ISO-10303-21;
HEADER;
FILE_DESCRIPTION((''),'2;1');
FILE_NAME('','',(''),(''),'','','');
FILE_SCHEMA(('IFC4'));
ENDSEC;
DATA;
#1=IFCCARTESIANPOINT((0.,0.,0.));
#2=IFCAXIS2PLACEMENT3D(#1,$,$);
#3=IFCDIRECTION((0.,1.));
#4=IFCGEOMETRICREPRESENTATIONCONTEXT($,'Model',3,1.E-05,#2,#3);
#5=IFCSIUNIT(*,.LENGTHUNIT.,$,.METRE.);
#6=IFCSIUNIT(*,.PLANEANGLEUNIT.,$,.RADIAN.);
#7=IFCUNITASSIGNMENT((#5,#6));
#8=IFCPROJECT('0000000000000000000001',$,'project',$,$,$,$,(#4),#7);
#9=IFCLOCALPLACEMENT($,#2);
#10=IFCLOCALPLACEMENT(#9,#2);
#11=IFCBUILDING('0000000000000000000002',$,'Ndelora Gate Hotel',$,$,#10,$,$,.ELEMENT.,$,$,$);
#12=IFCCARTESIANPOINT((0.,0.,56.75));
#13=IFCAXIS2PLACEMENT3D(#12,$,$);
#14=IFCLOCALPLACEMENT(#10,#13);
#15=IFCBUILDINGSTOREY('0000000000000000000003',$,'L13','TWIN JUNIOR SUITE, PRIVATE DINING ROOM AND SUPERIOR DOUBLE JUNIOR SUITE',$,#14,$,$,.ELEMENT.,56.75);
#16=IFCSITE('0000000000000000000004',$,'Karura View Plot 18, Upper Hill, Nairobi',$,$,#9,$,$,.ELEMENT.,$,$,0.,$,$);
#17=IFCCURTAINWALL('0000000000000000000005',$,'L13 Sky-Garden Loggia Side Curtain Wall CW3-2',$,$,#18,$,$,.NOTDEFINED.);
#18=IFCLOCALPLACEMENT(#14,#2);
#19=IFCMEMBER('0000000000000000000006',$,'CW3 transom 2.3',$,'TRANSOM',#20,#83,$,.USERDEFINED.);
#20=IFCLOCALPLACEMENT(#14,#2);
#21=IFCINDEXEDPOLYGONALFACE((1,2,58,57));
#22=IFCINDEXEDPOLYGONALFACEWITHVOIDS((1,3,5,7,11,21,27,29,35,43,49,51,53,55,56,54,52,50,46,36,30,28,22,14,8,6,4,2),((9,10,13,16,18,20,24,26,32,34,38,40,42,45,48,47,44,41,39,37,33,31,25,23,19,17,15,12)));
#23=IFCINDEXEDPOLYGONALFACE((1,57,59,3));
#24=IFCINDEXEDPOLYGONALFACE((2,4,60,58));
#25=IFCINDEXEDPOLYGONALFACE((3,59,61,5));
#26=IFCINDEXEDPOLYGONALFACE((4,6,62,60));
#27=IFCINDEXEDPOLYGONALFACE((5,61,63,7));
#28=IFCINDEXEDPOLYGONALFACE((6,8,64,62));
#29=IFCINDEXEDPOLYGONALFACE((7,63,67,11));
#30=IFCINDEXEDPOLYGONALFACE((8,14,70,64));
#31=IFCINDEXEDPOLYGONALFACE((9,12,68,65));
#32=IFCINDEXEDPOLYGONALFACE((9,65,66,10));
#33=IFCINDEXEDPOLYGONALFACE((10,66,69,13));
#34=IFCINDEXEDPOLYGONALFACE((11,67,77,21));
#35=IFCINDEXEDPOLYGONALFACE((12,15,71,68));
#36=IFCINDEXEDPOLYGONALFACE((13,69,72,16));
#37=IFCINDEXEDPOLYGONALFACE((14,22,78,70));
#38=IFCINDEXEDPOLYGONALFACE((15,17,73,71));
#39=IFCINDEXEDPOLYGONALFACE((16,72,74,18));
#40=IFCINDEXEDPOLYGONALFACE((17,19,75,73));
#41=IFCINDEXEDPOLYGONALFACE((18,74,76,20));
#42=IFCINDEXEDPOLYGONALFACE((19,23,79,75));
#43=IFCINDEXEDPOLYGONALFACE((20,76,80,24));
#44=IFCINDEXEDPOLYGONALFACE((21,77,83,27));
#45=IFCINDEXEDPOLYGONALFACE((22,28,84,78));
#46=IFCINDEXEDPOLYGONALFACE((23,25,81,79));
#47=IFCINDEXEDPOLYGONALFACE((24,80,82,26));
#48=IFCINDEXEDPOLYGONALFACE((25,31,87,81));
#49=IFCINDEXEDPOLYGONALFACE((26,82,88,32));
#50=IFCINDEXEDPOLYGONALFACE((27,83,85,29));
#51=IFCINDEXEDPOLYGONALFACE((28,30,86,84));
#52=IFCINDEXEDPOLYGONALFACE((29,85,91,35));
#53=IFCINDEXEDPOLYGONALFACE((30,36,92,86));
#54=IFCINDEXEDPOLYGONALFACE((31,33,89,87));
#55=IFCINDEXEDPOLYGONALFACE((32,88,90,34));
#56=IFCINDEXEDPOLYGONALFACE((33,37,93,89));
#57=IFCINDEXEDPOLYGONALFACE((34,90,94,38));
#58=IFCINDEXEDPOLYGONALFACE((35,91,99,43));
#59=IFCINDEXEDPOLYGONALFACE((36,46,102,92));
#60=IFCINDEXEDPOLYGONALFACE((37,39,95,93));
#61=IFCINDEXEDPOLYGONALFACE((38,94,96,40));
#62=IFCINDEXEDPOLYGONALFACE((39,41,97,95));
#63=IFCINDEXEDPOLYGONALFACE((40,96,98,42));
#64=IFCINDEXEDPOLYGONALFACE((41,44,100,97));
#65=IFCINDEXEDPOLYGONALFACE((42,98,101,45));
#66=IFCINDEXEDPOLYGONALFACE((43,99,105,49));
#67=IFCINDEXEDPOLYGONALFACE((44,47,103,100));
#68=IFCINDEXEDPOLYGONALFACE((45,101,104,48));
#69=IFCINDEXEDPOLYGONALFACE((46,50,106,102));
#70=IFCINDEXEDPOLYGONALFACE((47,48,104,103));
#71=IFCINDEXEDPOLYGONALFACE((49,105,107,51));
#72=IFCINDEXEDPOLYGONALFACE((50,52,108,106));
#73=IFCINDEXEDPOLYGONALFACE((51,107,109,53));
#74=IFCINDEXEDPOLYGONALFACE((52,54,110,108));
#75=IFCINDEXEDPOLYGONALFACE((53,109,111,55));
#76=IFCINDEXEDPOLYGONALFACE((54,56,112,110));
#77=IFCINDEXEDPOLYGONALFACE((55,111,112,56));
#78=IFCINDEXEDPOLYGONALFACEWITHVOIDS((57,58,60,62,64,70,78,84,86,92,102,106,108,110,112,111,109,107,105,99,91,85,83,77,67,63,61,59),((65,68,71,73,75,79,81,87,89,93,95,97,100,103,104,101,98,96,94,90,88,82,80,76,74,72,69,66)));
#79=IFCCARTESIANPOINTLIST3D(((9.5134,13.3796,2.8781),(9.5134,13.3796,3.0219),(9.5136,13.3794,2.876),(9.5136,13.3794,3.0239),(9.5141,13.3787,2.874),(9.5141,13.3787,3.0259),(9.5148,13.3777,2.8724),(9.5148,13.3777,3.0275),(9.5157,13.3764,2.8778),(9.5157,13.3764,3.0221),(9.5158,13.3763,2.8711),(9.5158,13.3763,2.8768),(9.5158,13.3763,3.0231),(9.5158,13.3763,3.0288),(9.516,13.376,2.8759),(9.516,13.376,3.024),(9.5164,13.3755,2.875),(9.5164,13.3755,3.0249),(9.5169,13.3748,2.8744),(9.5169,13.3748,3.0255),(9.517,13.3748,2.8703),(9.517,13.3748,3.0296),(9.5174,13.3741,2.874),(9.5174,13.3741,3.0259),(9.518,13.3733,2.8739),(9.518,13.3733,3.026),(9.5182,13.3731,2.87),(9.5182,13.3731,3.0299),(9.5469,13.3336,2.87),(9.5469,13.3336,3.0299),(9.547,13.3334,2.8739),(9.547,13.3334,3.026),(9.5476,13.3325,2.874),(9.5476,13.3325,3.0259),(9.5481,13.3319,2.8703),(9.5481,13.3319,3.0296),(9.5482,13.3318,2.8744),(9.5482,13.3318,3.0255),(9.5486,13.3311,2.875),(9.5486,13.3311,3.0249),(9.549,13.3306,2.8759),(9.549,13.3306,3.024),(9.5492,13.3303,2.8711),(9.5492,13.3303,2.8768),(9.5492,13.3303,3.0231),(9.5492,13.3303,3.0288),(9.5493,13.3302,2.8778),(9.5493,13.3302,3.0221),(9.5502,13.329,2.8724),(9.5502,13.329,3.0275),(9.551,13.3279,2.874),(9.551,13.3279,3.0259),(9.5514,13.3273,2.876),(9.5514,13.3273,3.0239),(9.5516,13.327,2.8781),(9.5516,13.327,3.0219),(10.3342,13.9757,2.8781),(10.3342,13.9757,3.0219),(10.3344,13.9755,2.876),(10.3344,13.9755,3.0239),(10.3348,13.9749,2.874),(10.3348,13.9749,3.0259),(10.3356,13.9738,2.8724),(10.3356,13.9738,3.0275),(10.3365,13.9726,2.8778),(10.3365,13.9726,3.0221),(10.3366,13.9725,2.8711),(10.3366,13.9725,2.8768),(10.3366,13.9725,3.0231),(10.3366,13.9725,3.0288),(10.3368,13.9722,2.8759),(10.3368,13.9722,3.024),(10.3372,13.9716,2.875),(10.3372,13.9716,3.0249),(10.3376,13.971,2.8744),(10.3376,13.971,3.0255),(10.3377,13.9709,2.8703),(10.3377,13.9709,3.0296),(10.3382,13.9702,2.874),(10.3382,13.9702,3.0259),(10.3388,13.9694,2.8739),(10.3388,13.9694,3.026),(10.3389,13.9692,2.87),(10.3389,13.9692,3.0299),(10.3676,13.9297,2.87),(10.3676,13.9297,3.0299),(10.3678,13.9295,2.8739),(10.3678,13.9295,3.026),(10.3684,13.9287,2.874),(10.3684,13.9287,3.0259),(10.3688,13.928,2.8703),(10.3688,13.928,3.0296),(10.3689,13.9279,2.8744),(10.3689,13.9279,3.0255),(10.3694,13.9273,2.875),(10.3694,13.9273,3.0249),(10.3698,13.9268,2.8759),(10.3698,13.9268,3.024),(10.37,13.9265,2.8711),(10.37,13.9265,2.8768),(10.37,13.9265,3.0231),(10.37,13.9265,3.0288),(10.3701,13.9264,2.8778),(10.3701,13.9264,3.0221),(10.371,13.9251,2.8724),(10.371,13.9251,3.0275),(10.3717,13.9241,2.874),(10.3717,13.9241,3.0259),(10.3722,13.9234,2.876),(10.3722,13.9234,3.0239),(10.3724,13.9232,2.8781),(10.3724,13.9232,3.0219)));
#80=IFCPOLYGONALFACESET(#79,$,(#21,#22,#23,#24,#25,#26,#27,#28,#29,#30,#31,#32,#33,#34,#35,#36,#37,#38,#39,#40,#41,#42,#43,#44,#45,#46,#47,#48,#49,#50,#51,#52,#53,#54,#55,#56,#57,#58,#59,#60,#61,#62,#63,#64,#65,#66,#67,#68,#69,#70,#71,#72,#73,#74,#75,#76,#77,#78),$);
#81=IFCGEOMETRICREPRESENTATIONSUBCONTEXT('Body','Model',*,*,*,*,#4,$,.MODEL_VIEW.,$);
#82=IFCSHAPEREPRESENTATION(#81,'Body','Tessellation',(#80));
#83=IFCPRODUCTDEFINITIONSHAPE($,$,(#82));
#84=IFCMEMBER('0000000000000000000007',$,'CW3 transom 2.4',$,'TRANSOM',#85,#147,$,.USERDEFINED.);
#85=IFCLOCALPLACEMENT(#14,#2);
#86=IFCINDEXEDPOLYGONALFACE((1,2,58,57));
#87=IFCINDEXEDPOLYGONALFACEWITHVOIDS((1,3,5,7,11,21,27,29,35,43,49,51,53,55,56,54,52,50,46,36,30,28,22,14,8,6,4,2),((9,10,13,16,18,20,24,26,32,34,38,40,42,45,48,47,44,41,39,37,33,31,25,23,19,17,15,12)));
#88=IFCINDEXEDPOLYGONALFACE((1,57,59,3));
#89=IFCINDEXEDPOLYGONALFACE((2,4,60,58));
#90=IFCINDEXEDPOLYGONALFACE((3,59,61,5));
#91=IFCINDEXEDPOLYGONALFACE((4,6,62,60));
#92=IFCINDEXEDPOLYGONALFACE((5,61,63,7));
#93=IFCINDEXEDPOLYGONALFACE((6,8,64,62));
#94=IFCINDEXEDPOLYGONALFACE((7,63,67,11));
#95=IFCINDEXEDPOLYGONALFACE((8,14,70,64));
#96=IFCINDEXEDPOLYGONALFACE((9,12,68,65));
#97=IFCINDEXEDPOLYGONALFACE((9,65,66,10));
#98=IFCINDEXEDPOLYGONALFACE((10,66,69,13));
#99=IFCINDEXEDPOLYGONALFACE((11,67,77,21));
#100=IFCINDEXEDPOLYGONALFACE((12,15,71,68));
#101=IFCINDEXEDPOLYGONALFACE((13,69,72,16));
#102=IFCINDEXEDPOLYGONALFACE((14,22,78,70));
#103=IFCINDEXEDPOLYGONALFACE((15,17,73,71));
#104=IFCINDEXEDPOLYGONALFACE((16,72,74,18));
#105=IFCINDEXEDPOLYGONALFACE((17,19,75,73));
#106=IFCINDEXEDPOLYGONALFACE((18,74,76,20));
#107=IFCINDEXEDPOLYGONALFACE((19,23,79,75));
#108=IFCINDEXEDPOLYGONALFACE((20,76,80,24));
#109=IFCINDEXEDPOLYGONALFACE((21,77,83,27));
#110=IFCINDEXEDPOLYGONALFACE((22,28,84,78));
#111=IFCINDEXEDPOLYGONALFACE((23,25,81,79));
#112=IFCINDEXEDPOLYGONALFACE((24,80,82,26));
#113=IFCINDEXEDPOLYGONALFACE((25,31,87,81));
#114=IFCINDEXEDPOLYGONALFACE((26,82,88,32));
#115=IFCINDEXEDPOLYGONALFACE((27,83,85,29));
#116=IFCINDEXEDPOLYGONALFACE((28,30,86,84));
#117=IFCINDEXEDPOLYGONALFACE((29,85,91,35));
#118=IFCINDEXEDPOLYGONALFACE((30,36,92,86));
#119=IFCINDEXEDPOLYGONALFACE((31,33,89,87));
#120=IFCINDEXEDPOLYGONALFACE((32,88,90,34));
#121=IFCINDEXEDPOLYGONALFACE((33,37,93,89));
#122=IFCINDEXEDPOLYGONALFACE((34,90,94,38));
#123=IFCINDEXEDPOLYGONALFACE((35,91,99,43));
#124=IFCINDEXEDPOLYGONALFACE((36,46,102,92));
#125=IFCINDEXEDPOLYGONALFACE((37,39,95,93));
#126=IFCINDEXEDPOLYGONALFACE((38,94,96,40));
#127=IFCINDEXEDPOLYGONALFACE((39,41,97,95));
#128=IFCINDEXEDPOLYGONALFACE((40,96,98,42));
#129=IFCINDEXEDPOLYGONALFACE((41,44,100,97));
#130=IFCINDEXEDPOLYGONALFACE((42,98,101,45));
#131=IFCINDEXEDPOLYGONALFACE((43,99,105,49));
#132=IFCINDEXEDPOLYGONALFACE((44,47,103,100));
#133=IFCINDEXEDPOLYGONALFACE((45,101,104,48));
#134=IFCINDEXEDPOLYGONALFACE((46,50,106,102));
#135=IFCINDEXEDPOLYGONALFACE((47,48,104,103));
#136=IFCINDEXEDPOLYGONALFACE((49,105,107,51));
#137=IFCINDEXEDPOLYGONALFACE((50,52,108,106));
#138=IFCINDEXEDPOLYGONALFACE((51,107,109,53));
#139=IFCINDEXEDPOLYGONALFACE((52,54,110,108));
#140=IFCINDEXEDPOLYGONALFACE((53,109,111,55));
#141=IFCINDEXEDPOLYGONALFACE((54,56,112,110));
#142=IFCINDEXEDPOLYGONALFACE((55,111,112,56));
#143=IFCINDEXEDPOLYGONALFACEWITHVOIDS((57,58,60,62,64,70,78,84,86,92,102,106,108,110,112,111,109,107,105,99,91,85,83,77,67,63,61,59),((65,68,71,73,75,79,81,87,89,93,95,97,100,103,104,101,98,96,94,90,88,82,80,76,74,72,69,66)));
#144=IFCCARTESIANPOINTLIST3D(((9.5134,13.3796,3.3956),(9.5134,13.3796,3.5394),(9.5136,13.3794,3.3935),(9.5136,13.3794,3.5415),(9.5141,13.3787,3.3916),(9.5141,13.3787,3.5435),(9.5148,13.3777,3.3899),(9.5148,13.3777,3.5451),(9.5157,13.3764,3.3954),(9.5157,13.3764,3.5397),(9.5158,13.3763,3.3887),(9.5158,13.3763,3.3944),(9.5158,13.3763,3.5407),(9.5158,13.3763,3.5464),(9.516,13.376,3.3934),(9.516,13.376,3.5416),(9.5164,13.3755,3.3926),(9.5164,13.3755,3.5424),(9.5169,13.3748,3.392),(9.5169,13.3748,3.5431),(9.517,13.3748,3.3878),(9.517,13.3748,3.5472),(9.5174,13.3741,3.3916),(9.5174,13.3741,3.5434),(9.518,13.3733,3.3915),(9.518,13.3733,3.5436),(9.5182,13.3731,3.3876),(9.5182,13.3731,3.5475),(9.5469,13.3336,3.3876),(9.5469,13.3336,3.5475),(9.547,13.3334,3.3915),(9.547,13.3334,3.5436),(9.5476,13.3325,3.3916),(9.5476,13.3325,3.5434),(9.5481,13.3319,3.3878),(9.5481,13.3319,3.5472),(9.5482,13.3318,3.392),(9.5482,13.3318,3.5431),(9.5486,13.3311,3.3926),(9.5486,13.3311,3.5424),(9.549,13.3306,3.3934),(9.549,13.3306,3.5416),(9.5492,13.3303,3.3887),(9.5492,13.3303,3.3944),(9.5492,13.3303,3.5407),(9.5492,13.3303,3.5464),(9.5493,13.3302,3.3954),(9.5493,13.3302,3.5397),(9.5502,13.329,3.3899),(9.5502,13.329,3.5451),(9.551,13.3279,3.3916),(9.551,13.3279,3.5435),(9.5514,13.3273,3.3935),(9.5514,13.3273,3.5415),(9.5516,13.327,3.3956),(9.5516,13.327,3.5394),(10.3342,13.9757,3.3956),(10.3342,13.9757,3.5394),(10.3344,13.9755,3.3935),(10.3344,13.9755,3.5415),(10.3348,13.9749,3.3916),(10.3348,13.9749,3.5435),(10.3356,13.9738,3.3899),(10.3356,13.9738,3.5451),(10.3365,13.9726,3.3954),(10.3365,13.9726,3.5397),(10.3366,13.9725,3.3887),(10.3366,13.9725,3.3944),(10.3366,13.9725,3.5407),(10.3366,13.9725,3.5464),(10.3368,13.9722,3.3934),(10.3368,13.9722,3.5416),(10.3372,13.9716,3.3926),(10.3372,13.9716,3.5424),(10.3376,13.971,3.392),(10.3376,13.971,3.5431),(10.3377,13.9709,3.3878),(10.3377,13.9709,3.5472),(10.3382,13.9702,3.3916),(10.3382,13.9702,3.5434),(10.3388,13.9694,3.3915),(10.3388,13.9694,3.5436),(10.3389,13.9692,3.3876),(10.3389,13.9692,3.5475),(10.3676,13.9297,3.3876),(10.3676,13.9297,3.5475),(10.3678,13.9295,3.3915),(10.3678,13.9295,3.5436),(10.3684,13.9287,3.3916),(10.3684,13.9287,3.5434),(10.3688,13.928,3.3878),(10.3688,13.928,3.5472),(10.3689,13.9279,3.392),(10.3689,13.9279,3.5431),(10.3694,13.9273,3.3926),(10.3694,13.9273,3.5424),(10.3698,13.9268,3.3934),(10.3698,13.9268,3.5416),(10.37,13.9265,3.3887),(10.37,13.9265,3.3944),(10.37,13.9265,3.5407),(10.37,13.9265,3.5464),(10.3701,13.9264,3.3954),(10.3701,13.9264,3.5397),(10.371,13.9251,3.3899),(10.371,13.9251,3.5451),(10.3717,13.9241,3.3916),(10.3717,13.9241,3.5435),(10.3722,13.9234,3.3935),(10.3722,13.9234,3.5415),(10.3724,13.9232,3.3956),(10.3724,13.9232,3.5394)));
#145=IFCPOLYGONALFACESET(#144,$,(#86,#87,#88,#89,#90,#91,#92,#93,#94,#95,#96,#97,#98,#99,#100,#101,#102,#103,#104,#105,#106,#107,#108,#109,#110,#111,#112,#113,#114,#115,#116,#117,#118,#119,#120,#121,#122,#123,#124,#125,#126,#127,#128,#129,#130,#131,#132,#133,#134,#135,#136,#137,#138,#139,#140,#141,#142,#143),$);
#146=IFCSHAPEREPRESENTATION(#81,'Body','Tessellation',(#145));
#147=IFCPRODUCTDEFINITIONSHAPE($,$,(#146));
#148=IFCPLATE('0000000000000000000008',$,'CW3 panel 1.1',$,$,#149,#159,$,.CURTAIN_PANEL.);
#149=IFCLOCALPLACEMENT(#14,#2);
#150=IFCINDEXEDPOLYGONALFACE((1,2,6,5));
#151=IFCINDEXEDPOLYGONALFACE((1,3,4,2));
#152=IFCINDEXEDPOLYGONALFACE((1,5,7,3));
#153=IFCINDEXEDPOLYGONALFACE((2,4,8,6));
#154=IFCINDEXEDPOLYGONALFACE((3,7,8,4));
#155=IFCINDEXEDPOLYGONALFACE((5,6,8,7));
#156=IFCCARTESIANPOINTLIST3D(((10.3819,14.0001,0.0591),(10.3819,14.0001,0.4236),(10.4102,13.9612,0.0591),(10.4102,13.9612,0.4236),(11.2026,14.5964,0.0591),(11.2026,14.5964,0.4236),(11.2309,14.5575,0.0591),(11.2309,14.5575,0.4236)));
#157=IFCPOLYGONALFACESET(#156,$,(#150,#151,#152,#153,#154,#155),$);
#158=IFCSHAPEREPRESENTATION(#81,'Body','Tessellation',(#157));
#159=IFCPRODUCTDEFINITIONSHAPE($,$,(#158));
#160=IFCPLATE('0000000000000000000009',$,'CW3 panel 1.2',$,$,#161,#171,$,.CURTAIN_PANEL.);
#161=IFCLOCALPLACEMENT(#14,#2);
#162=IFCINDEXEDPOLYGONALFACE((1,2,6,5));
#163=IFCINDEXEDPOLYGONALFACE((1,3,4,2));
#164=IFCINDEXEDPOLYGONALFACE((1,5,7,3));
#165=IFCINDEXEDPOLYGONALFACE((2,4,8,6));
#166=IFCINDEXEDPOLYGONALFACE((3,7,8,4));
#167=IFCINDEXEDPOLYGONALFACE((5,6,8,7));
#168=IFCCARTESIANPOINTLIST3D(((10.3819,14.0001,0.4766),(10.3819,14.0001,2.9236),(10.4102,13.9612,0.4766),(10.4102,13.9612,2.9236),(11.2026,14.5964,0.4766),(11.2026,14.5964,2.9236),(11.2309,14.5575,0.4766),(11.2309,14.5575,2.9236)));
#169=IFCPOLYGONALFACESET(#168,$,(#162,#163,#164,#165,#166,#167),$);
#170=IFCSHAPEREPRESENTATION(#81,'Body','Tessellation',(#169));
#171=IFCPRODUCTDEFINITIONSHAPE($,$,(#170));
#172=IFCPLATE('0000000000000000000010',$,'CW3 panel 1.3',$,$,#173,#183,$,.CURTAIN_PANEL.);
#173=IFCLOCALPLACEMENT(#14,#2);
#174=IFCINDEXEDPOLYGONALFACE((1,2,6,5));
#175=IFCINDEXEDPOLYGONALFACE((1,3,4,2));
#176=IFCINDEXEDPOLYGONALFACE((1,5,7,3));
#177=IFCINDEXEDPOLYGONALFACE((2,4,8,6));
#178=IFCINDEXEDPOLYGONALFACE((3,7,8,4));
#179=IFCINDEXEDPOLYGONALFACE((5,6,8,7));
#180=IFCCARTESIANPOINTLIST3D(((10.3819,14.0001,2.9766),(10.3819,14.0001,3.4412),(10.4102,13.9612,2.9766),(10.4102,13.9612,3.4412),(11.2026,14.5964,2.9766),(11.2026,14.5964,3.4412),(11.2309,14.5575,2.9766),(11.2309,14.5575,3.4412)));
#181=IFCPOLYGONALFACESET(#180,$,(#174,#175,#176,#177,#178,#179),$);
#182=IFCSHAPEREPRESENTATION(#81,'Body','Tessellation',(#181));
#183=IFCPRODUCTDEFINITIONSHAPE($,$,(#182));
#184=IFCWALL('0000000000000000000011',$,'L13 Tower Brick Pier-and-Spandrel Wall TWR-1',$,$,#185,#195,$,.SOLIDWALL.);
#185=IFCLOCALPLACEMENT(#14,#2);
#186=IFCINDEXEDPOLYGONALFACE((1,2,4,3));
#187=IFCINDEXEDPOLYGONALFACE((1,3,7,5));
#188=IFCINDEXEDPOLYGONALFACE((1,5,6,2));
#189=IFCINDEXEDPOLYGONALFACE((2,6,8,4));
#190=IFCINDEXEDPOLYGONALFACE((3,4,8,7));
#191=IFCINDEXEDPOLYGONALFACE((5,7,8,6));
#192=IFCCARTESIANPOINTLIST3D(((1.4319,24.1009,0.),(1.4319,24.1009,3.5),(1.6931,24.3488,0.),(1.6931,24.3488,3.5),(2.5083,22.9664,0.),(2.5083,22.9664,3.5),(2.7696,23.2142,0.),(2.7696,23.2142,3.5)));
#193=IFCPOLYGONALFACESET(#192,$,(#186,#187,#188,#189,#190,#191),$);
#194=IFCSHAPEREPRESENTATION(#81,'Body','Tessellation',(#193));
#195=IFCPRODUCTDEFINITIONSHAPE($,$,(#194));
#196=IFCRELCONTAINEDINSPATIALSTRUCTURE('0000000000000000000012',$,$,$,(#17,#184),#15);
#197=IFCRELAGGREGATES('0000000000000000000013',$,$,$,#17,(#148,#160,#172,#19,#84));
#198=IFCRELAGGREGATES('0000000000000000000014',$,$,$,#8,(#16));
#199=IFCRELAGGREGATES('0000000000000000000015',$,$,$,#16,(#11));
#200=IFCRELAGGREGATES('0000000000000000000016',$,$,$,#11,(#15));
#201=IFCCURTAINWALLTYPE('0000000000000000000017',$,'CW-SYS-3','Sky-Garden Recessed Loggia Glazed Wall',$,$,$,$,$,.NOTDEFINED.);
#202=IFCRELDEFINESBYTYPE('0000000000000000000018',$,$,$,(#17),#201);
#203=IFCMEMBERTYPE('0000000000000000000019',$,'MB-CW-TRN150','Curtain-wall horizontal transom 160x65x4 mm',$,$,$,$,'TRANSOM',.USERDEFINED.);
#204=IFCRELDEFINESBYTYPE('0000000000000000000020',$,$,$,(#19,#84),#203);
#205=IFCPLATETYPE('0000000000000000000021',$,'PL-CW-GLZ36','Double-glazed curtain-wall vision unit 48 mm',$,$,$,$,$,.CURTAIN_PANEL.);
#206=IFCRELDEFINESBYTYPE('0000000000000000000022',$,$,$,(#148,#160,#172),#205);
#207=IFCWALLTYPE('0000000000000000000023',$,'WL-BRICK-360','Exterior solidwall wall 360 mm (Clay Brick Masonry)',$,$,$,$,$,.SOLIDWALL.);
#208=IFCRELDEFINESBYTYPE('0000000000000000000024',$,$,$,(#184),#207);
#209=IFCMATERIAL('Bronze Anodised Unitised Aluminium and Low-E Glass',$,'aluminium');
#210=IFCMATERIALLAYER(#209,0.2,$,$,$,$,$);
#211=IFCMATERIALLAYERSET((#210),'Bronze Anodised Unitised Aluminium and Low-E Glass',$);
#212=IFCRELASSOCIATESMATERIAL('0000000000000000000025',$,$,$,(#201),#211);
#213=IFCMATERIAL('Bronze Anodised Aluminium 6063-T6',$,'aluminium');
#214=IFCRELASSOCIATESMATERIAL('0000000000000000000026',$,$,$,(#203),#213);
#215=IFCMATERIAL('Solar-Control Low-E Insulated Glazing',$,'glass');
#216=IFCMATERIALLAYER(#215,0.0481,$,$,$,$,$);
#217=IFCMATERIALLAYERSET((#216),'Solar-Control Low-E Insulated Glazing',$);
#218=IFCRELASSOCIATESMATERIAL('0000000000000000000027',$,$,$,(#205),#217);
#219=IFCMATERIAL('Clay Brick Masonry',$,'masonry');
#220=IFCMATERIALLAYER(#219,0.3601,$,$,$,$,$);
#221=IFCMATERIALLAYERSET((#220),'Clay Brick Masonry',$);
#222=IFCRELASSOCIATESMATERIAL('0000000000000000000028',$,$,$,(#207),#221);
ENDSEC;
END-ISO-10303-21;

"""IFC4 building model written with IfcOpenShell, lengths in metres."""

from ifc_helpers import new_model, si_unit, direction, frame, frame_2d, origin, origin_2d, place, context, subcontext, project, spatial, rectangle, hollow_rectangle, extrude, material, layer, layer_set, material_profile, profile_set, type_object, element, aggregate, save


model = new_model("IFC4")

# Units and contexts
model_context = context("Model", 3, precision=1e-05, world=origin(), true_north=direction((0.0, 1.0)))
body_context = subcontext(model_context, "Body", "Model", "MODEL_VIEW")
ifc_project = project(units=[si_unit("LENGTHUNIT", "METRE"), si_unit("PLANEANGLEUNIT", "RADIAN")], contexts=[model_context])

# Site, building, storey
site_placement = place(None, origin())
site = spatial("IfcSite", under=ifc_project, at=site_placement, Name="Karura View Plot 18, Upper Hill, Nairobi", CompositionType="ELEMENT", RefElevation=0.0)
building_placement = place(site_placement, origin())
building = spatial("IfcBuilding", under=site, at=building_placement, Name="Ndelora Gate Hotel", CompositionType="ELEMENT")
storey_placement = place(building_placement, frame((0.0, 0.0, 56.75)))
storey = spatial("IfcBuildingStorey", under=building, at=storey_placement, Name="L13", Description="TWIN JUNIOR SUITE, PRIVATE DINING ROOM AND SUPERIOR DOUBLE JUNIOR SUITE", CompositionType="ELEMENT", Elevation=56.75)

# Curtain wall, members, plates
ifc_material_1 = material(Name="Bronze Anodised Unitised Aluminium and Low-E Glass", Category="aluminium")
ifc_layer_1 = layer(ifc_material_1, 0.2)
ifc_layer_set_1 = layer_set([ifc_layer_1], Name="Bronze Anodised Unitised Aluminium and Low-E Glass")
curtain_wall_type = type_object("IfcCurtainWallType", Name="CW-SYS-3", Description="Sky-Garden Recessed Loggia Glazed Wall", PredefinedType="NOTDEFINED", material=ifc_layer_set_1)
curtain_wall_placement = place(storey_placement, origin())
curtain_wall = element("IfcCurtainWall", 1, at=curtain_wall_placement, inside=storey, type_object=curtain_wall_type, Name="L13 Sky-Garden Loggia Side Curtain Wall CW3-2", PredefinedType="NOTDEFINED")
ifc_material_2 = material(Name="Bronze Anodised Aluminium 6063-T6", Category="aluminium")
ifc_material_profile_1 = material_profile(ifc_material_2, hollow_rectangle(XDim=0.0649, YDim=0.1599, WallThickness=0.0039, InnerFilletRadius=0.0039, OuterFilletRadius=0.0081, at=origin_2d()), Name="ALU 160x65x4")
ifc_profile_set_1 = profile_set([ifc_material_profile_1], Name="Bronze Anodised Aluminium 6063-T6")
member_type_1 = type_object("IfcMemberType", Name="MB-CW-TRN150", Description="Curtain-wall horizontal transom 160x65x4 mm", ElementType="TRANSOM", PredefinedType="USERDEFINED", material=ifc_profile_set_1)
member_1_placement = place(storey_placement, frame((10.3533, 13.9495, 2.95), z_axis=(-0.80909, -0.587685, 0.0), x_axis=(0.587685, -0.80909, 0.0)))
member_1 = element("IfcMember", 2, at=member_1_placement, type_object=member_type_1, Name="CW3 transom 2.3", ObjectType="TRANSOM", PredefinedType="USERDEFINED", context=body_context, shape_type="SweptSolid", body=[
    extrude(hollow_rectangle(XDim=0.0649, YDim=0.1599, WallThickness=0.0039, InnerFilletRadius=0.0039, OuterFilletRadius=0.0081, at=origin_2d()), origin(), (0.0, 0.0, 1.0), 1.0144),
])
member_2_placement = place(storey_placement, frame((10.3533, 13.9495, 3.4675), z_axis=(-0.80909, -0.587685, 0.0), x_axis=(0.587685, -0.80909, 0.0)))
member_2 = element("IfcMember", 3, at=member_2_placement, type_object=member_type_1, Name="CW3 transom 2.4", ObjectType="TRANSOM", PredefinedType="USERDEFINED", context=body_context, shape_type="SweptSolid", body=[
    extrude(hollow_rectangle(XDim=0.0649, YDim=0.1599, WallThickness=0.0039, InnerFilletRadius=0.0039, OuterFilletRadius=0.0081, at=origin_2d()), origin(), (0.0, 0.0, 1.0), 1.0144),
])
ifc_material_3 = material(Name="Solar-Control Low-E Insulated Glazing", Category="glass")
ifc_layer_2 = layer(ifc_material_3, 0.0481)
ifc_layer_set_2 = layer_set([ifc_layer_2], Name="Solar-Control Low-E Insulated Glazing")
plate_type = type_object("IfcPlateType", Name="PL-CW-GLZ36", Description="Double-glazed curtain-wall vision unit 48 mm", PredefinedType="CURTAIN_PANEL", material=ifc_layer_set_2)
plate_1_placement = place(storey_placement, frame((10.8064, 14.2788, 0.0591), z_axis=(0.0, 0.0, 1.0), x_axis=(-0.809017, -0.587785, 0.0)))
plate_1 = element("IfcPlate", 4, at=plate_1_placement, type_object=plate_type, Name="CW3 panel 1.1", PredefinedType="CURTAIN_PANEL", context=body_context, shape_type="SweptSolid", body=[
    extrude(rectangle(XDim=1.0144, YDim=0.0481, at=origin_2d()), origin(), (0.0, 0.0, 1.0), 0.3645),
])
plate_2_placement = place(storey_placement, frame((10.8064, 14.2788, 0.4766), z_axis=(0.0, 0.0, 1.0), x_axis=(-0.809017, -0.587785, 0.0)))
plate_2 = element("IfcPlate", 5, at=plate_2_placement, type_object=plate_type, Name="CW3 panel 1.2", PredefinedType="CURTAIN_PANEL", context=body_context, shape_type="SweptSolid", body=[
    extrude(rectangle(XDim=1.0144, YDim=0.0481, at=origin_2d()), origin(), (0.0, 0.0, 1.0), 2.447),
])
plate_3_placement = place(storey_placement, frame((10.8064, 14.2788, 2.9766), z_axis=(0.0, 0.0, 1.0), x_axis=(-0.809017, -0.587785, 0.0)))
plate_3 = element("IfcPlate", 6, at=plate_3_placement, type_object=plate_type, Name="CW3 panel 1.3", PredefinedType="CURTAIN_PANEL", context=body_context, shape_type="SweptSolid", body=[
    extrude(rectangle(XDim=1.0144, YDim=0.0481, at=origin_2d()), origin(), (0.0, 0.0, 1.0), 0.4646),
])
aggregate(curtain_wall, [plate_1, plate_2, plate_3, member_1, member_2])

# Wall
ifc_material_4 = material(Name="Clay Brick Masonry", Category="masonry")
ifc_layer_3 = layer(ifc_material_4, 0.3601)
ifc_layer_set_3 = layer_set([ifc_layer_3], Name="Clay Brick Masonry")
wall_type = type_object("IfcWallType", Name="WL-BRICK-360", Description="Exterior solidwall wall 360 mm (Clay Brick Masonry)", PredefinedType="SOLIDWALL", material=ifc_layer_set_3)
for number, where, z_axis, x_axis, name in (
    (7, (1.5625, 24.2249, 0.0), (0.0, 0.0, 1.0), (0.688286, -0.72544, 0.0), "L13 Tower Brick Pier-and-Spandrel Wall TWR-1"),
):
    element("IfcWall", number, at=place(storey_placement, frame(where, z_axis=z_axis, x_axis=x_axis)), inside=storey, type_object=wall_type, Name=name, PredefinedType="SOLIDWALL", context=body_context, shape_type="SweptSolid", body=[
        extrude(rectangle(XDim=1.564, YDim=0.3601, at=frame_2d((0.782, 0.0))), origin(), (0.0, 0.0, 1.0), 3.5),
    ])

save(model, "model.ifc")
